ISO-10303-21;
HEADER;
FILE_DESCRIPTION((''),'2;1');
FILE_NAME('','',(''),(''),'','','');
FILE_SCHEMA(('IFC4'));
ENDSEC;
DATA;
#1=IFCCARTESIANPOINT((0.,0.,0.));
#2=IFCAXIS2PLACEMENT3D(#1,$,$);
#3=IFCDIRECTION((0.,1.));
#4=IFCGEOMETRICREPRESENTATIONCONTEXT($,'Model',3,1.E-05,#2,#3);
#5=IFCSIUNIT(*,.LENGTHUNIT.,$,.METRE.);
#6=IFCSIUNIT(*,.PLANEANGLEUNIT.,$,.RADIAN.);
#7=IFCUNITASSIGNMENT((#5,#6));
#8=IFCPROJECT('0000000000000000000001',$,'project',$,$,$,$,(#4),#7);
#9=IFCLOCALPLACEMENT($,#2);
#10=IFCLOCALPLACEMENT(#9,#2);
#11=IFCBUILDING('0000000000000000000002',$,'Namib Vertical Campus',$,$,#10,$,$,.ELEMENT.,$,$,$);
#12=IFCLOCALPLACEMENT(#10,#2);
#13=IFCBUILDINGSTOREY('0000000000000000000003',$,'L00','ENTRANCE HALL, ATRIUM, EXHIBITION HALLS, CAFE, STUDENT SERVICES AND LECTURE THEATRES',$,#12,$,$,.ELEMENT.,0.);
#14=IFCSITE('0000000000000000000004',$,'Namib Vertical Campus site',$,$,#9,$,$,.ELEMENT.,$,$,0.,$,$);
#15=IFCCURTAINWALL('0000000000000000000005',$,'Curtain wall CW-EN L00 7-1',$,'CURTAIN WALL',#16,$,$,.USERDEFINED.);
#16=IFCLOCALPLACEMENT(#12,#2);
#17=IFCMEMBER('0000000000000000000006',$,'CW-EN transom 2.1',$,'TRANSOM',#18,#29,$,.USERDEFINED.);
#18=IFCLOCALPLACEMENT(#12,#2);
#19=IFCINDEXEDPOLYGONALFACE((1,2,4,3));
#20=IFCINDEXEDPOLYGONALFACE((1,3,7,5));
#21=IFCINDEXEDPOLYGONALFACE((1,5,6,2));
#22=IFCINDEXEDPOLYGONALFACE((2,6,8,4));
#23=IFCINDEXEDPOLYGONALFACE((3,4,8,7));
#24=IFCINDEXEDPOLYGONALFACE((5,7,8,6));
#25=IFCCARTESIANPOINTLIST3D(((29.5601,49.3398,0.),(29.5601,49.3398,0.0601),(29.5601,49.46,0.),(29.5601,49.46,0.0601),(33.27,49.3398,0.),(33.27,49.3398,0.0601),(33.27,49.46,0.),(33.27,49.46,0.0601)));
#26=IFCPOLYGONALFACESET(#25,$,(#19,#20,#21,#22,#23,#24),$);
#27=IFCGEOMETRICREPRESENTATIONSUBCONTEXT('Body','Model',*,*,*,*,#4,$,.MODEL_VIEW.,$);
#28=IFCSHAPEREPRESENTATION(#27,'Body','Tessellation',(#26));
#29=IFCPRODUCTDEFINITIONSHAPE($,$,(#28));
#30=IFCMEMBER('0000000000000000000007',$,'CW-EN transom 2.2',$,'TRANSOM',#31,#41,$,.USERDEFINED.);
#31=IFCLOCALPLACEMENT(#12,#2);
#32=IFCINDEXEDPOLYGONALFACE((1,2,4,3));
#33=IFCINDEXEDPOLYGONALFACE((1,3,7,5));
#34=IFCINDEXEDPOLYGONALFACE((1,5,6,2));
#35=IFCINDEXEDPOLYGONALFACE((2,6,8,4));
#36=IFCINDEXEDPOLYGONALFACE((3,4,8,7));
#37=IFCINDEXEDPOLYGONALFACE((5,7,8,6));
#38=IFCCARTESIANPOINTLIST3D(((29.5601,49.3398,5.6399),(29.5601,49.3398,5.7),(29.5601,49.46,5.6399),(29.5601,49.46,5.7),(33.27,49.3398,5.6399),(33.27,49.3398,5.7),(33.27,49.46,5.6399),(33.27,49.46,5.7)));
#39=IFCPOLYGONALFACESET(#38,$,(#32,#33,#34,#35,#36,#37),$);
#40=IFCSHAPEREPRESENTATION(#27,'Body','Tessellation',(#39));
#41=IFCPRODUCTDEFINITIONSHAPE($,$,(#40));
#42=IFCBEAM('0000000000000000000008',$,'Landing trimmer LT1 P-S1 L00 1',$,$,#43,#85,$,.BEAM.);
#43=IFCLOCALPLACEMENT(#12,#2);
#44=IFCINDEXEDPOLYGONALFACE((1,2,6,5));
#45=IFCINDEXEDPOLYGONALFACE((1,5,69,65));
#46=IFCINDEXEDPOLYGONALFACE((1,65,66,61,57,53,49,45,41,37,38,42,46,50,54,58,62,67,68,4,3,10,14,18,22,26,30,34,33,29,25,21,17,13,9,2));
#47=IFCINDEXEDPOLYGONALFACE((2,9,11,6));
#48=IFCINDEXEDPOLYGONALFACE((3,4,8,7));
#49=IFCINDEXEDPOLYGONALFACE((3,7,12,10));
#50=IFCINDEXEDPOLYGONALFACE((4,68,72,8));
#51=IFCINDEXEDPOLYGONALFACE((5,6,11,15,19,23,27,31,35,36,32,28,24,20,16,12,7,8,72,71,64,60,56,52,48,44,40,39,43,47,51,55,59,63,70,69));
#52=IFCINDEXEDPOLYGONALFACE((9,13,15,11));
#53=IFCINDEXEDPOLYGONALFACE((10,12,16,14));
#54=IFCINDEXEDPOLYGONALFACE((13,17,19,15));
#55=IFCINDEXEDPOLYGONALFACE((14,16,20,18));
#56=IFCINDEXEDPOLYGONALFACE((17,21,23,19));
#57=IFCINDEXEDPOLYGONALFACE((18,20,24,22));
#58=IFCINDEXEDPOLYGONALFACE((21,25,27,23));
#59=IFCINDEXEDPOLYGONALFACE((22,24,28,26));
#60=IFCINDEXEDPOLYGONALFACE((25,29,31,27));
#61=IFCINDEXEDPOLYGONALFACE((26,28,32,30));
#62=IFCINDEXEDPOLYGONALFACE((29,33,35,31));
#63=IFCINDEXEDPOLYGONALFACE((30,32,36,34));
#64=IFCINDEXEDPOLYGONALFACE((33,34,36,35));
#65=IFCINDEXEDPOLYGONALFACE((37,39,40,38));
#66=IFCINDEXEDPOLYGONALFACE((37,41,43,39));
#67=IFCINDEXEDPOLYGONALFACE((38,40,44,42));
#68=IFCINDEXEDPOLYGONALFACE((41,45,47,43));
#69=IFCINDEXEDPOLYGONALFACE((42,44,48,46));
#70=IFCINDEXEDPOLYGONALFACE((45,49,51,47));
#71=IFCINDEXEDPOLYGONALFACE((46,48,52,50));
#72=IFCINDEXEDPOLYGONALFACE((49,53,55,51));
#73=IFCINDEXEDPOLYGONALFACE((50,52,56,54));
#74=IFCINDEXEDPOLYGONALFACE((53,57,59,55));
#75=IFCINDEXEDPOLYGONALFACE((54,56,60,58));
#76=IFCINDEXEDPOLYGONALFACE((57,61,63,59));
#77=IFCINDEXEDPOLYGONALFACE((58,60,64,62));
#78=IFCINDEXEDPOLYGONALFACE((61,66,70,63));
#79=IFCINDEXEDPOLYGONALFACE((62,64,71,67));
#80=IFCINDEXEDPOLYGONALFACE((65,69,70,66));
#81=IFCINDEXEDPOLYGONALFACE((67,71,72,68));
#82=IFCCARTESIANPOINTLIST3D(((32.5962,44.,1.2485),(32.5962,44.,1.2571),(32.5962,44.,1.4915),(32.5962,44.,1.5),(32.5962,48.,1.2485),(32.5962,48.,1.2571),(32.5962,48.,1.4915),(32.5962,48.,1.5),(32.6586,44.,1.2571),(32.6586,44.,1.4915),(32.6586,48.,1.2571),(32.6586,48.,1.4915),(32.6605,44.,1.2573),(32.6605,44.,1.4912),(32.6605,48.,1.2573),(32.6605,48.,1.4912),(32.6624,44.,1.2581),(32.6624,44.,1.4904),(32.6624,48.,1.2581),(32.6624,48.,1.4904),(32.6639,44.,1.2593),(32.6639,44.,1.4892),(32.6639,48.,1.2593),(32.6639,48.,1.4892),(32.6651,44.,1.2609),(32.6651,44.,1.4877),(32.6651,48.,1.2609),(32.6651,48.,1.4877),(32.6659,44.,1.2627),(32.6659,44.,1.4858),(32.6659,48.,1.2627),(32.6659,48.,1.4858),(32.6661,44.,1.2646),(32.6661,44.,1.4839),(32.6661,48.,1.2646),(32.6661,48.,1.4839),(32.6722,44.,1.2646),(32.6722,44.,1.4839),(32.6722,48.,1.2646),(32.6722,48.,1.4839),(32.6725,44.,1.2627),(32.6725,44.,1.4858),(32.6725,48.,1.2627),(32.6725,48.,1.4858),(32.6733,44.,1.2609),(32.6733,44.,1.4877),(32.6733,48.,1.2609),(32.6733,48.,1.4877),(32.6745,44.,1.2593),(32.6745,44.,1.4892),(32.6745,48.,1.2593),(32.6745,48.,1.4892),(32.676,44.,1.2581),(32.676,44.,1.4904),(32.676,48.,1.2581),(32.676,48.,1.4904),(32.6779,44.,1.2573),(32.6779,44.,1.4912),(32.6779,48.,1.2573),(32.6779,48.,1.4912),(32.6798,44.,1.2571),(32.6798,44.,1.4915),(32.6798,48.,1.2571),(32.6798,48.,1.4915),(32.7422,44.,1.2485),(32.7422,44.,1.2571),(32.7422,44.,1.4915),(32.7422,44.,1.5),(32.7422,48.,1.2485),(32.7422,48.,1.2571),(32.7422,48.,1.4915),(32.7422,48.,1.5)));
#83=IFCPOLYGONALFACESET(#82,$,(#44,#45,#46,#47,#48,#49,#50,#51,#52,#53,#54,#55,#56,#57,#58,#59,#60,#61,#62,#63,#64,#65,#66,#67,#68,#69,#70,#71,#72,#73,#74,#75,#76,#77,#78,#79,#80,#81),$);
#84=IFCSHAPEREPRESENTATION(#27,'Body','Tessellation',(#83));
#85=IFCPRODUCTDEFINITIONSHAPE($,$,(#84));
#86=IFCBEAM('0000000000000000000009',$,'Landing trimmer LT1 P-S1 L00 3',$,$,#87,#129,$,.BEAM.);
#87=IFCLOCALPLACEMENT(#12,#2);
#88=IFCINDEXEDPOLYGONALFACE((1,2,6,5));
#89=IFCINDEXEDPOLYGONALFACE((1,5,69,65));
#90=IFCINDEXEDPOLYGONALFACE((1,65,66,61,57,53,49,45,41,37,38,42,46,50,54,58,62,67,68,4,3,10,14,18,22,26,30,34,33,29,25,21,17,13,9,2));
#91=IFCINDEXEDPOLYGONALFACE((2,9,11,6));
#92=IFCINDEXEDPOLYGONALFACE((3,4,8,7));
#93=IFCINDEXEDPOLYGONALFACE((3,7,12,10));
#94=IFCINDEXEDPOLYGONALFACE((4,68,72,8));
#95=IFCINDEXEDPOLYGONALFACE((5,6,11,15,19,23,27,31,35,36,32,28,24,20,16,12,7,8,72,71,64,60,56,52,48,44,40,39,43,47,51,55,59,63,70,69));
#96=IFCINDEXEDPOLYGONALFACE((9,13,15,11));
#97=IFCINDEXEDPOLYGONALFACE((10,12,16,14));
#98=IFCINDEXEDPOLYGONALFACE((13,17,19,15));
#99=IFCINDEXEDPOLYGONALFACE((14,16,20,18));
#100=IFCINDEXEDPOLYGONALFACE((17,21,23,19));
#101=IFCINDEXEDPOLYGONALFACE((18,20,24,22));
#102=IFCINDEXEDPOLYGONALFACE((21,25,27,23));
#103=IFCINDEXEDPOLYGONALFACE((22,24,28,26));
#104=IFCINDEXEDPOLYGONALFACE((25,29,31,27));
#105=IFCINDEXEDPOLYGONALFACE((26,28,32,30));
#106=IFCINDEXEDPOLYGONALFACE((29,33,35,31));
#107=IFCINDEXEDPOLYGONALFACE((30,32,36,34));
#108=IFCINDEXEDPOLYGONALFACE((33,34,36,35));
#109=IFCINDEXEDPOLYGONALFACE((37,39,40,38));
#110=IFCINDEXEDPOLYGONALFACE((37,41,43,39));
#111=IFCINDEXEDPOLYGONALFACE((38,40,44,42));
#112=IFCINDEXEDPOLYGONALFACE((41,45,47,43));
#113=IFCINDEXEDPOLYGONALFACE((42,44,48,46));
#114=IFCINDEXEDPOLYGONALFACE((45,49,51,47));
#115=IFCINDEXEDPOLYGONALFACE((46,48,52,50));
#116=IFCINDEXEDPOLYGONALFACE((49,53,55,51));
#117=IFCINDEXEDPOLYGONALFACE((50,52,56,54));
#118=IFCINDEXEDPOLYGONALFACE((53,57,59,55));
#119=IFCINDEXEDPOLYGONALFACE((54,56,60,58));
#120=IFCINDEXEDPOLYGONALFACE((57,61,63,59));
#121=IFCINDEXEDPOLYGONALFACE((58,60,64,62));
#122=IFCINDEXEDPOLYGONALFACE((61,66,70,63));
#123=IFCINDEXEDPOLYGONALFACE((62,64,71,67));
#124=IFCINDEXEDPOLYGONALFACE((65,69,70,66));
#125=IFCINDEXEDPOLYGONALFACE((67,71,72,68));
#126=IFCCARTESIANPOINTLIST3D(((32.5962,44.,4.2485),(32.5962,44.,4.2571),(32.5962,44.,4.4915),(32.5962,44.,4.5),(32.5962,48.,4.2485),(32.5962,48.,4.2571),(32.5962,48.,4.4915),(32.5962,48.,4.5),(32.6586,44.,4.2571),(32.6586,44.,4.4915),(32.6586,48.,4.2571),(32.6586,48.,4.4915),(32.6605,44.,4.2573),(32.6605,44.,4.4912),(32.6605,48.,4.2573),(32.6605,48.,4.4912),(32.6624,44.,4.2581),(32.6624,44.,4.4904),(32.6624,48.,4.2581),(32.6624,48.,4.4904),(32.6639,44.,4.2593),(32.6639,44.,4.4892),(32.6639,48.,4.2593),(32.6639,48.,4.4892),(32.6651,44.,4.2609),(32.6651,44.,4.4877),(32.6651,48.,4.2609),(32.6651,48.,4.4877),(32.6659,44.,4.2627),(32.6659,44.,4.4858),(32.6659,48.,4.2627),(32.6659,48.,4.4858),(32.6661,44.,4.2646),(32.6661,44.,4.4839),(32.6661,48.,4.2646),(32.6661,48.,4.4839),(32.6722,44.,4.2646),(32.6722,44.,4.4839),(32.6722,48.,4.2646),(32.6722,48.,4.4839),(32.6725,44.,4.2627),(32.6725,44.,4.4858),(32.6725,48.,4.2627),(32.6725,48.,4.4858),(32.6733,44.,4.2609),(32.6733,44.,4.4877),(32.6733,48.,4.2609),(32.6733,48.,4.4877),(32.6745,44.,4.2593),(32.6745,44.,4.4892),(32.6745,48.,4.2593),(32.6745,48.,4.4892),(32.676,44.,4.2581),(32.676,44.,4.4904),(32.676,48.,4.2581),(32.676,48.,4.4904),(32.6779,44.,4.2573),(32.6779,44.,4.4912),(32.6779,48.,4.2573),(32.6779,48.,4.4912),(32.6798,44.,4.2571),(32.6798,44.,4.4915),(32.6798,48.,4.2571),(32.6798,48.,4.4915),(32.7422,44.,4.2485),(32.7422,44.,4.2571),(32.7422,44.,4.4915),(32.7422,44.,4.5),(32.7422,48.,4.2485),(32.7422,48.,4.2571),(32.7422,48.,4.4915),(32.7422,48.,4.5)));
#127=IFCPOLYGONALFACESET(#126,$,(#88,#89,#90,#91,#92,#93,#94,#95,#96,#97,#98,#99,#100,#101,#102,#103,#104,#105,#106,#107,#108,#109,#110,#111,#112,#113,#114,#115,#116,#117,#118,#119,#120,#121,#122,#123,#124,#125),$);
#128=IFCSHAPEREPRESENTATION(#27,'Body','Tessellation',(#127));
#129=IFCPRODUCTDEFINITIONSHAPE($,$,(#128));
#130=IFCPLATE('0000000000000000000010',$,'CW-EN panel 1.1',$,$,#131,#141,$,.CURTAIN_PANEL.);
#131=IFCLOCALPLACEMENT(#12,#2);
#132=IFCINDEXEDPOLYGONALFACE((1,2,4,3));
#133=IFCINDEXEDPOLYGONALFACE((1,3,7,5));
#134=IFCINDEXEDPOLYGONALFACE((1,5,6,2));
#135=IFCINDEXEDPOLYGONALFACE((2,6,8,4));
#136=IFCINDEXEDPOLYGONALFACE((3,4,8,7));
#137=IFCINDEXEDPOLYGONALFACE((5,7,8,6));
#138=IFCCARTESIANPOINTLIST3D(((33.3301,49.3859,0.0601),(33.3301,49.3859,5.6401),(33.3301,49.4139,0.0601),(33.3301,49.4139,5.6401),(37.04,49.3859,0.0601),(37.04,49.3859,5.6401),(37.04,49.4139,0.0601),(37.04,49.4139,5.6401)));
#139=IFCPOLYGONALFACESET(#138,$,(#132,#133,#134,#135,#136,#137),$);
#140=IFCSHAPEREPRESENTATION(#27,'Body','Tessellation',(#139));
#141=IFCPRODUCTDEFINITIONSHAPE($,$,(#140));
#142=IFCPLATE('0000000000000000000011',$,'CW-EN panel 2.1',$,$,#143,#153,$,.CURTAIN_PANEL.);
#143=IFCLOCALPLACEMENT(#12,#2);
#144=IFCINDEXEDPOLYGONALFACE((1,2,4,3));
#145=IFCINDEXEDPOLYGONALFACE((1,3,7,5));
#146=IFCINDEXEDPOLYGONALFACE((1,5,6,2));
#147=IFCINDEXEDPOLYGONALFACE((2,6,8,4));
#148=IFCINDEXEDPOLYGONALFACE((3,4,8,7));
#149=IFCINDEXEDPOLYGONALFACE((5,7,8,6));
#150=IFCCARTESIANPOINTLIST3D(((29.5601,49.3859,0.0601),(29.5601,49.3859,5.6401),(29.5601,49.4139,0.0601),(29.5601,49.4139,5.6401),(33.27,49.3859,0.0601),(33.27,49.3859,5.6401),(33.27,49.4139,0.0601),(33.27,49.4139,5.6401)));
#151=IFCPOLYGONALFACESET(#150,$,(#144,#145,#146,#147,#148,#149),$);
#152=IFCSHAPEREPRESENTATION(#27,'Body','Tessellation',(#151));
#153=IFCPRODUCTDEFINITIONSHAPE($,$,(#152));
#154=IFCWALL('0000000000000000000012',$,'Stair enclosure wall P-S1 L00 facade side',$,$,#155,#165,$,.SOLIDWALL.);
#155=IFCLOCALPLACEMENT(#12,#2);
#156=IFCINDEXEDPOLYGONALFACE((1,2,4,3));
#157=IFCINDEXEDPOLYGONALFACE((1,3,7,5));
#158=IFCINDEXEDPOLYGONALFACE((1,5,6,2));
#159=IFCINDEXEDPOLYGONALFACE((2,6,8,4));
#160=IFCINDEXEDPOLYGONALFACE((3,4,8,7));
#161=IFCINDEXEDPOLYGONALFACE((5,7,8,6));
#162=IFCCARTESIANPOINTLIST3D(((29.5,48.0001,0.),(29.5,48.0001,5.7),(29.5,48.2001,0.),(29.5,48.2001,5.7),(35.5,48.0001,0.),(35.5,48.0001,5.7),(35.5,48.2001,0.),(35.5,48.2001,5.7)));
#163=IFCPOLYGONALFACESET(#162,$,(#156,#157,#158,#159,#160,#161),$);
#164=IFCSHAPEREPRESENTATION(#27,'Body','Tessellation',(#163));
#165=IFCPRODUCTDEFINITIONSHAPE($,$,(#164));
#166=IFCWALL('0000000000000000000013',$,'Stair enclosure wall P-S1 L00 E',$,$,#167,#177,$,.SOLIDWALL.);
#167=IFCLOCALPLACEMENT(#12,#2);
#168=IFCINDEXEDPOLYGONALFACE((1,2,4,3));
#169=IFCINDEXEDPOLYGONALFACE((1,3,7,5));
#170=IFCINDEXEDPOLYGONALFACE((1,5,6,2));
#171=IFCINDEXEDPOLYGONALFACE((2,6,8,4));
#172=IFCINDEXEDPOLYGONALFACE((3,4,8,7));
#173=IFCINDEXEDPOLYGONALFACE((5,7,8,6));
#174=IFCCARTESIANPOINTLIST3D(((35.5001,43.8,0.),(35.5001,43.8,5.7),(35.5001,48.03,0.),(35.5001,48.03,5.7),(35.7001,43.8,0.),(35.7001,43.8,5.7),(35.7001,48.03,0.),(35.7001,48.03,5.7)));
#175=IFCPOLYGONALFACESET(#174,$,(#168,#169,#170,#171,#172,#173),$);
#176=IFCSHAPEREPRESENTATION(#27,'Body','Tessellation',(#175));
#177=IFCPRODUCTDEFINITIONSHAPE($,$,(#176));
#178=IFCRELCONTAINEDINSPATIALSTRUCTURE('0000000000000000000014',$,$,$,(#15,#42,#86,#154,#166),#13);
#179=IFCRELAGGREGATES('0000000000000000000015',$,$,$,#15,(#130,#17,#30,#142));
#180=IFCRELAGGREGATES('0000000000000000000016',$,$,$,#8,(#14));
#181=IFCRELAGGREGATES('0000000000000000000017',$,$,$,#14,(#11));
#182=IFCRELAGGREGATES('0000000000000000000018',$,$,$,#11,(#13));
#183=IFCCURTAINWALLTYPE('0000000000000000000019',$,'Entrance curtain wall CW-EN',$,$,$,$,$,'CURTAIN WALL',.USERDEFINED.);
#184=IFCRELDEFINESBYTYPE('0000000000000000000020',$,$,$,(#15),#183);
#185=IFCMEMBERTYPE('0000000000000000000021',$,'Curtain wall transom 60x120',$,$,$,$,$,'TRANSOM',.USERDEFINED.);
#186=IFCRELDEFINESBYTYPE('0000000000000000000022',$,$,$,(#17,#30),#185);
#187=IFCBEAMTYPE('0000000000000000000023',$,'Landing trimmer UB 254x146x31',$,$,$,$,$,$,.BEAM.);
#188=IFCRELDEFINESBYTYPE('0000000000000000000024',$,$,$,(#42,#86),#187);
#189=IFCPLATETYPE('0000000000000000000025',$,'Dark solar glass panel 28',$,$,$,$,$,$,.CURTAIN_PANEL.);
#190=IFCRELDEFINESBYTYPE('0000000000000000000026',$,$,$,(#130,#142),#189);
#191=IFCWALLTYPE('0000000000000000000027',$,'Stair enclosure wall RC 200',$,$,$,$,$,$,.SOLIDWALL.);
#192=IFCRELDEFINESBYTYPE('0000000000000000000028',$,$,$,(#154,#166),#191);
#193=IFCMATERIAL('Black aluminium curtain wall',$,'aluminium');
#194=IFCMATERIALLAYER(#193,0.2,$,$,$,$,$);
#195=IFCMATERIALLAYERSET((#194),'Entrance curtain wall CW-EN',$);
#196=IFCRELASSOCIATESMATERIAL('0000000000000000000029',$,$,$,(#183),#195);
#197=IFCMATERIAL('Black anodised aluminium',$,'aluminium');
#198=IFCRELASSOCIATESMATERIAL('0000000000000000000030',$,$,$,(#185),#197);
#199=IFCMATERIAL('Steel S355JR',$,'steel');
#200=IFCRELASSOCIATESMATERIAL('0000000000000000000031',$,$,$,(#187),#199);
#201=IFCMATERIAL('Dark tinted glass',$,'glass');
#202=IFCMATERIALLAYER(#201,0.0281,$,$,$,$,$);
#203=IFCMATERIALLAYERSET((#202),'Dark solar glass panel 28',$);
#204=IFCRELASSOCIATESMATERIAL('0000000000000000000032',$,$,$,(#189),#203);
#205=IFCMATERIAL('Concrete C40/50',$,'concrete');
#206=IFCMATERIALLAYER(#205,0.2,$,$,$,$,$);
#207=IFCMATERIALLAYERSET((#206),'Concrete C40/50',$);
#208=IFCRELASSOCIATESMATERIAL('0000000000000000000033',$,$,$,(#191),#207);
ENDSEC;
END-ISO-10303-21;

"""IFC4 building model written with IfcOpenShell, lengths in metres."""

from ifc_helpers import new_model, si_unit, direction, frame, frame_2d, origin, origin_2d, place, context, subcontext, project, spatial, rectangle, i_section, extrude, material, layer, layer_set, material_profile, profile_set, type_object, element, aggregate, save


model = new_model("IFC4")

# Units and contexts
model_context = context("Model", 3, precision=1e-05, world=origin(), true_north=direction((0.0, 1.0)))
body_context = subcontext(model_context, "Body", "Model", "MODEL_VIEW")
ifc_project = project(units=[si_unit("LENGTHUNIT", "METRE"), si_unit("PLANEANGLEUNIT", "RADIAN")], contexts=[model_context])

# Site, building, storey
site_placement = place(None, origin())
site = spatial("IfcSite", under=ifc_project, at=site_placement, Name="Namib Vertical Campus site", CompositionType="ELEMENT", RefElevation=0.0)
building_placement = place(site_placement, origin())
building = spatial("IfcBuilding", under=site, at=building_placement, Name="Namib Vertical Campus", CompositionType="ELEMENT")
storey_placement = place(building_placement, origin())
storey = spatial("IfcBuildingStorey", under=building, at=storey_placement, Name="L00", Description="ENTRANCE HALL, ATRIUM, EXHIBITION HALLS, CAFE, STUDENT SERVICES AND LECTURE THEATRES", CompositionType="ELEMENT", Elevation=0.0)

# Curtain wall, members
ifc_material_1 = material(Name="Black aluminium curtain wall", Category="aluminium")
ifc_layer_1 = layer(ifc_material_1, 0.2)
ifc_layer_set_1 = layer_set([ifc_layer_1], Name="Entrance curtain wall CW-EN")
curtain_wall_type = type_object("IfcCurtainWallType", Name="Entrance curtain wall CW-EN", ElementType="CURTAIN WALL", PredefinedType="USERDEFINED", material=ifc_layer_set_1)
curtain_wall_placement = place(storey_placement, origin())
curtain_wall = element("IfcCurtainWall", 1, at=curtain_wall_placement, inside=storey, type_object=curtain_wall_type, Name="Curtain wall CW-EN L00 7-1", ObjectType="CURTAIN WALL", PredefinedType="USERDEFINED")
ifc_material_2 = material(Name="Black anodised aluminium", Category="aluminium")
ifc_material_profile_1 = material_profile(ifc_material_2, rectangle(XDim=0.0601, YDim=0.1201, at=origin_2d()))
ifc_profile_set_1 = profile_set([ifc_material_profile_1], Name="Black anodised aluminium")
member_type_1 = type_object("IfcMemberType", Name="Curtain wall transom 60x120", ElementType="TRANSOM", PredefinedType="USERDEFINED", material=ifc_profile_set_1)
member_1_placement = place(storey_placement, frame((33.27, 49.3999, 0.03), z_axis=(-1.0, 0.0, 0.0), x_axis=(0.0, 0.0, 1.0)))
member_1 = element("IfcMember", 2, at=member_1_placement, type_object=member_type_1, Name="CW-EN transom 2.1", ObjectType="TRANSOM", PredefinedType="USERDEFINED", context=body_context, shape_type="SweptSolid", body=[
    extrude(rectangle(XDim=0.0601, YDim=0.1201, at=origin_2d()), origin(), (0.0, 0.0, 1.0), 3.71),
])
member_2_placement = place(storey_placement, frame((33.27, 49.3999, 5.6699), z_axis=(-1.0, 0.0, 0.0), x_axis=(0.0, 0.0, 1.0)))
member_2 = element("IfcMember", 3, at=member_2_placement, type_object=member_type_1, Name="CW-EN transom 2.2", ObjectType="TRANSOM", PredefinedType="USERDEFINED", context=body_context, shape_type="SweptSolid", body=[
    extrude(rectangle(XDim=0.0601, YDim=0.1201, at=origin_2d()), origin(), (0.0, 0.0, 1.0), 3.71),
])

# Beams
ifc_material_3 = material(Name="Steel S355JR", Category="steel")
ifc_material_profile_2 = material_profile(ifc_material_3, i_section(OverallWidth=0.146, OverallDepth=0.2515, WebThickness=0.0061, FlangeThickness=0.0085, FilletRadius=0.0076, at=origin_2d()))
ifc_profile_set_2 = profile_set([ifc_material_profile_2], Name="Steel S355JR")
beam_type = type_object("IfcBeamType", Name="Landing trimmer UB 254x146x31", PredefinedType="BEAM", material=ifc_profile_set_2)
for number, where, z_axis, x_axis, name in (
    (4, (32.6692, 44.0, 1.3743), (0.0, 1.0, 0.0), (-1.0, 0.0, 0.0), "Landing trimmer LT1 P-S1 L00 1"),
    (5, (32.6692, 44.0, 4.3743), (0.0, 1.0, 0.0), (-1.0, 0.0, 0.0), "Landing trimmer LT1 P-S1 L00 3"),
):
    element("IfcBeam", number, at=place(storey_placement, frame(where, z_axis=z_axis, x_axis=x_axis)), inside=storey, type_object=beam_type, Name=name, PredefinedType="BEAM", context=body_context, shape_type="SweptSolid", body=[
        extrude(i_section(OverallWidth=0.146, OverallDepth=0.2515, WebThickness=0.0061, FlangeThickness=0.0085, FilletRadius=0.0076, at=origin_2d()), origin(), (0.0, 0.0, 1.0), 4.0),
    ])

# Plates
ifc_material_4 = material(Name="Dark tinted glass", Category="glass")
ifc_layer_2 = layer(ifc_material_4, 0.0281)
ifc_layer_set_2 = layer_set([ifc_layer_2], Name="Dark solar glass panel 28")
plate_type = type_object("IfcPlateType", Name="Dark solar glass panel 28", PredefinedType="CURTAIN_PANEL", material=ifc_layer_set_2)
plate_1_placement = place(storey_placement, frame((35.1851, 49.3999, 0.0601), z_axis=(0.0, 0.0, 1.0), x_axis=(-1.0, 0.0, 0.0)))
plate_1 = element("IfcPlate", 6, at=plate_1_placement, type_object=plate_type, Name="CW-EN panel 1.1", PredefinedType="CURTAIN_PANEL", context=body_context, shape_type="SweptSolid", body=[
    extrude(rectangle(XDim=3.71, YDim=0.0281, at=origin_2d()), origin(), (0.0, 0.0, 1.0), 5.5801),
])
plate_2_placement = place(storey_placement, frame((31.415, 49.3999, 0.0601), z_axis=(0.0, 0.0, 1.0), x_axis=(-1.0, 0.0, 0.0)))
plate_2 = element("IfcPlate", 7, at=plate_2_placement, type_object=plate_type, Name="CW-EN panel 2.1", PredefinedType="CURTAIN_PANEL", context=body_context, shape_type="SweptSolid", body=[
    extrude(rectangle(XDim=3.71, YDim=0.0281, at=origin_2d()), origin(), (0.0, 0.0, 1.0), 5.5801),
])
aggregate(curtain_wall, [plate_1, member_1, member_2, plate_2])

# Walls
ifc_material_5 = material(Name="Concrete C40/50", Category="concrete")
ifc_layer_3 = layer(ifc_material_5, 0.2)
ifc_layer_set_3 = layer_set([ifc_layer_3], Name="Concrete C40/50")
wall_type_1 = type_object("IfcWallType", Name="Stair enclosure wall RC 200", PredefinedType="SOLIDWALL", material=ifc_layer_set_3)
wall_1_placement = place(storey_placement, frame((29.5, 48.1001, 0.0), z_axis=(0.0, 0.0, 1.0), x_axis=(1.0, 0.0, 0.0)))
element("IfcWall", 8, at=wall_1_placement, inside=storey, type_object=wall_type_1, Name="Stair enclosure wall P-S1 L00 facade side", PredefinedType="SOLIDWALL", context=body_context, shape_type="SweptSolid", body=[
    extrude(rectangle(XDim=6.0, YDim=0.2, at=frame_2d((3.0, 0.0))), origin(), (0.0, 0.0, 1.0), 5.7),
])
wall_2_placement = place(storey_placement, frame((35.6001, 43.8, 0.0), z_axis=(0.0, 0.0, 1.0), x_axis=(0.0, 1.0, 0.0)))
element("IfcWall", 9, at=wall_2_placement, inside=storey, type_object=wall_type_1, Name="Stair enclosure wall P-S1 L00 E", PredefinedType="SOLIDWALL", context=body_context, shape_type="SweptSolid", body=[
    extrude(rectangle(XDim=4.23, YDim=0.2, at=frame_2d((2.115, 0.0))), origin(), (0.0, 0.0, 1.0), 5.7),
])

save(model, "model.ifc")
